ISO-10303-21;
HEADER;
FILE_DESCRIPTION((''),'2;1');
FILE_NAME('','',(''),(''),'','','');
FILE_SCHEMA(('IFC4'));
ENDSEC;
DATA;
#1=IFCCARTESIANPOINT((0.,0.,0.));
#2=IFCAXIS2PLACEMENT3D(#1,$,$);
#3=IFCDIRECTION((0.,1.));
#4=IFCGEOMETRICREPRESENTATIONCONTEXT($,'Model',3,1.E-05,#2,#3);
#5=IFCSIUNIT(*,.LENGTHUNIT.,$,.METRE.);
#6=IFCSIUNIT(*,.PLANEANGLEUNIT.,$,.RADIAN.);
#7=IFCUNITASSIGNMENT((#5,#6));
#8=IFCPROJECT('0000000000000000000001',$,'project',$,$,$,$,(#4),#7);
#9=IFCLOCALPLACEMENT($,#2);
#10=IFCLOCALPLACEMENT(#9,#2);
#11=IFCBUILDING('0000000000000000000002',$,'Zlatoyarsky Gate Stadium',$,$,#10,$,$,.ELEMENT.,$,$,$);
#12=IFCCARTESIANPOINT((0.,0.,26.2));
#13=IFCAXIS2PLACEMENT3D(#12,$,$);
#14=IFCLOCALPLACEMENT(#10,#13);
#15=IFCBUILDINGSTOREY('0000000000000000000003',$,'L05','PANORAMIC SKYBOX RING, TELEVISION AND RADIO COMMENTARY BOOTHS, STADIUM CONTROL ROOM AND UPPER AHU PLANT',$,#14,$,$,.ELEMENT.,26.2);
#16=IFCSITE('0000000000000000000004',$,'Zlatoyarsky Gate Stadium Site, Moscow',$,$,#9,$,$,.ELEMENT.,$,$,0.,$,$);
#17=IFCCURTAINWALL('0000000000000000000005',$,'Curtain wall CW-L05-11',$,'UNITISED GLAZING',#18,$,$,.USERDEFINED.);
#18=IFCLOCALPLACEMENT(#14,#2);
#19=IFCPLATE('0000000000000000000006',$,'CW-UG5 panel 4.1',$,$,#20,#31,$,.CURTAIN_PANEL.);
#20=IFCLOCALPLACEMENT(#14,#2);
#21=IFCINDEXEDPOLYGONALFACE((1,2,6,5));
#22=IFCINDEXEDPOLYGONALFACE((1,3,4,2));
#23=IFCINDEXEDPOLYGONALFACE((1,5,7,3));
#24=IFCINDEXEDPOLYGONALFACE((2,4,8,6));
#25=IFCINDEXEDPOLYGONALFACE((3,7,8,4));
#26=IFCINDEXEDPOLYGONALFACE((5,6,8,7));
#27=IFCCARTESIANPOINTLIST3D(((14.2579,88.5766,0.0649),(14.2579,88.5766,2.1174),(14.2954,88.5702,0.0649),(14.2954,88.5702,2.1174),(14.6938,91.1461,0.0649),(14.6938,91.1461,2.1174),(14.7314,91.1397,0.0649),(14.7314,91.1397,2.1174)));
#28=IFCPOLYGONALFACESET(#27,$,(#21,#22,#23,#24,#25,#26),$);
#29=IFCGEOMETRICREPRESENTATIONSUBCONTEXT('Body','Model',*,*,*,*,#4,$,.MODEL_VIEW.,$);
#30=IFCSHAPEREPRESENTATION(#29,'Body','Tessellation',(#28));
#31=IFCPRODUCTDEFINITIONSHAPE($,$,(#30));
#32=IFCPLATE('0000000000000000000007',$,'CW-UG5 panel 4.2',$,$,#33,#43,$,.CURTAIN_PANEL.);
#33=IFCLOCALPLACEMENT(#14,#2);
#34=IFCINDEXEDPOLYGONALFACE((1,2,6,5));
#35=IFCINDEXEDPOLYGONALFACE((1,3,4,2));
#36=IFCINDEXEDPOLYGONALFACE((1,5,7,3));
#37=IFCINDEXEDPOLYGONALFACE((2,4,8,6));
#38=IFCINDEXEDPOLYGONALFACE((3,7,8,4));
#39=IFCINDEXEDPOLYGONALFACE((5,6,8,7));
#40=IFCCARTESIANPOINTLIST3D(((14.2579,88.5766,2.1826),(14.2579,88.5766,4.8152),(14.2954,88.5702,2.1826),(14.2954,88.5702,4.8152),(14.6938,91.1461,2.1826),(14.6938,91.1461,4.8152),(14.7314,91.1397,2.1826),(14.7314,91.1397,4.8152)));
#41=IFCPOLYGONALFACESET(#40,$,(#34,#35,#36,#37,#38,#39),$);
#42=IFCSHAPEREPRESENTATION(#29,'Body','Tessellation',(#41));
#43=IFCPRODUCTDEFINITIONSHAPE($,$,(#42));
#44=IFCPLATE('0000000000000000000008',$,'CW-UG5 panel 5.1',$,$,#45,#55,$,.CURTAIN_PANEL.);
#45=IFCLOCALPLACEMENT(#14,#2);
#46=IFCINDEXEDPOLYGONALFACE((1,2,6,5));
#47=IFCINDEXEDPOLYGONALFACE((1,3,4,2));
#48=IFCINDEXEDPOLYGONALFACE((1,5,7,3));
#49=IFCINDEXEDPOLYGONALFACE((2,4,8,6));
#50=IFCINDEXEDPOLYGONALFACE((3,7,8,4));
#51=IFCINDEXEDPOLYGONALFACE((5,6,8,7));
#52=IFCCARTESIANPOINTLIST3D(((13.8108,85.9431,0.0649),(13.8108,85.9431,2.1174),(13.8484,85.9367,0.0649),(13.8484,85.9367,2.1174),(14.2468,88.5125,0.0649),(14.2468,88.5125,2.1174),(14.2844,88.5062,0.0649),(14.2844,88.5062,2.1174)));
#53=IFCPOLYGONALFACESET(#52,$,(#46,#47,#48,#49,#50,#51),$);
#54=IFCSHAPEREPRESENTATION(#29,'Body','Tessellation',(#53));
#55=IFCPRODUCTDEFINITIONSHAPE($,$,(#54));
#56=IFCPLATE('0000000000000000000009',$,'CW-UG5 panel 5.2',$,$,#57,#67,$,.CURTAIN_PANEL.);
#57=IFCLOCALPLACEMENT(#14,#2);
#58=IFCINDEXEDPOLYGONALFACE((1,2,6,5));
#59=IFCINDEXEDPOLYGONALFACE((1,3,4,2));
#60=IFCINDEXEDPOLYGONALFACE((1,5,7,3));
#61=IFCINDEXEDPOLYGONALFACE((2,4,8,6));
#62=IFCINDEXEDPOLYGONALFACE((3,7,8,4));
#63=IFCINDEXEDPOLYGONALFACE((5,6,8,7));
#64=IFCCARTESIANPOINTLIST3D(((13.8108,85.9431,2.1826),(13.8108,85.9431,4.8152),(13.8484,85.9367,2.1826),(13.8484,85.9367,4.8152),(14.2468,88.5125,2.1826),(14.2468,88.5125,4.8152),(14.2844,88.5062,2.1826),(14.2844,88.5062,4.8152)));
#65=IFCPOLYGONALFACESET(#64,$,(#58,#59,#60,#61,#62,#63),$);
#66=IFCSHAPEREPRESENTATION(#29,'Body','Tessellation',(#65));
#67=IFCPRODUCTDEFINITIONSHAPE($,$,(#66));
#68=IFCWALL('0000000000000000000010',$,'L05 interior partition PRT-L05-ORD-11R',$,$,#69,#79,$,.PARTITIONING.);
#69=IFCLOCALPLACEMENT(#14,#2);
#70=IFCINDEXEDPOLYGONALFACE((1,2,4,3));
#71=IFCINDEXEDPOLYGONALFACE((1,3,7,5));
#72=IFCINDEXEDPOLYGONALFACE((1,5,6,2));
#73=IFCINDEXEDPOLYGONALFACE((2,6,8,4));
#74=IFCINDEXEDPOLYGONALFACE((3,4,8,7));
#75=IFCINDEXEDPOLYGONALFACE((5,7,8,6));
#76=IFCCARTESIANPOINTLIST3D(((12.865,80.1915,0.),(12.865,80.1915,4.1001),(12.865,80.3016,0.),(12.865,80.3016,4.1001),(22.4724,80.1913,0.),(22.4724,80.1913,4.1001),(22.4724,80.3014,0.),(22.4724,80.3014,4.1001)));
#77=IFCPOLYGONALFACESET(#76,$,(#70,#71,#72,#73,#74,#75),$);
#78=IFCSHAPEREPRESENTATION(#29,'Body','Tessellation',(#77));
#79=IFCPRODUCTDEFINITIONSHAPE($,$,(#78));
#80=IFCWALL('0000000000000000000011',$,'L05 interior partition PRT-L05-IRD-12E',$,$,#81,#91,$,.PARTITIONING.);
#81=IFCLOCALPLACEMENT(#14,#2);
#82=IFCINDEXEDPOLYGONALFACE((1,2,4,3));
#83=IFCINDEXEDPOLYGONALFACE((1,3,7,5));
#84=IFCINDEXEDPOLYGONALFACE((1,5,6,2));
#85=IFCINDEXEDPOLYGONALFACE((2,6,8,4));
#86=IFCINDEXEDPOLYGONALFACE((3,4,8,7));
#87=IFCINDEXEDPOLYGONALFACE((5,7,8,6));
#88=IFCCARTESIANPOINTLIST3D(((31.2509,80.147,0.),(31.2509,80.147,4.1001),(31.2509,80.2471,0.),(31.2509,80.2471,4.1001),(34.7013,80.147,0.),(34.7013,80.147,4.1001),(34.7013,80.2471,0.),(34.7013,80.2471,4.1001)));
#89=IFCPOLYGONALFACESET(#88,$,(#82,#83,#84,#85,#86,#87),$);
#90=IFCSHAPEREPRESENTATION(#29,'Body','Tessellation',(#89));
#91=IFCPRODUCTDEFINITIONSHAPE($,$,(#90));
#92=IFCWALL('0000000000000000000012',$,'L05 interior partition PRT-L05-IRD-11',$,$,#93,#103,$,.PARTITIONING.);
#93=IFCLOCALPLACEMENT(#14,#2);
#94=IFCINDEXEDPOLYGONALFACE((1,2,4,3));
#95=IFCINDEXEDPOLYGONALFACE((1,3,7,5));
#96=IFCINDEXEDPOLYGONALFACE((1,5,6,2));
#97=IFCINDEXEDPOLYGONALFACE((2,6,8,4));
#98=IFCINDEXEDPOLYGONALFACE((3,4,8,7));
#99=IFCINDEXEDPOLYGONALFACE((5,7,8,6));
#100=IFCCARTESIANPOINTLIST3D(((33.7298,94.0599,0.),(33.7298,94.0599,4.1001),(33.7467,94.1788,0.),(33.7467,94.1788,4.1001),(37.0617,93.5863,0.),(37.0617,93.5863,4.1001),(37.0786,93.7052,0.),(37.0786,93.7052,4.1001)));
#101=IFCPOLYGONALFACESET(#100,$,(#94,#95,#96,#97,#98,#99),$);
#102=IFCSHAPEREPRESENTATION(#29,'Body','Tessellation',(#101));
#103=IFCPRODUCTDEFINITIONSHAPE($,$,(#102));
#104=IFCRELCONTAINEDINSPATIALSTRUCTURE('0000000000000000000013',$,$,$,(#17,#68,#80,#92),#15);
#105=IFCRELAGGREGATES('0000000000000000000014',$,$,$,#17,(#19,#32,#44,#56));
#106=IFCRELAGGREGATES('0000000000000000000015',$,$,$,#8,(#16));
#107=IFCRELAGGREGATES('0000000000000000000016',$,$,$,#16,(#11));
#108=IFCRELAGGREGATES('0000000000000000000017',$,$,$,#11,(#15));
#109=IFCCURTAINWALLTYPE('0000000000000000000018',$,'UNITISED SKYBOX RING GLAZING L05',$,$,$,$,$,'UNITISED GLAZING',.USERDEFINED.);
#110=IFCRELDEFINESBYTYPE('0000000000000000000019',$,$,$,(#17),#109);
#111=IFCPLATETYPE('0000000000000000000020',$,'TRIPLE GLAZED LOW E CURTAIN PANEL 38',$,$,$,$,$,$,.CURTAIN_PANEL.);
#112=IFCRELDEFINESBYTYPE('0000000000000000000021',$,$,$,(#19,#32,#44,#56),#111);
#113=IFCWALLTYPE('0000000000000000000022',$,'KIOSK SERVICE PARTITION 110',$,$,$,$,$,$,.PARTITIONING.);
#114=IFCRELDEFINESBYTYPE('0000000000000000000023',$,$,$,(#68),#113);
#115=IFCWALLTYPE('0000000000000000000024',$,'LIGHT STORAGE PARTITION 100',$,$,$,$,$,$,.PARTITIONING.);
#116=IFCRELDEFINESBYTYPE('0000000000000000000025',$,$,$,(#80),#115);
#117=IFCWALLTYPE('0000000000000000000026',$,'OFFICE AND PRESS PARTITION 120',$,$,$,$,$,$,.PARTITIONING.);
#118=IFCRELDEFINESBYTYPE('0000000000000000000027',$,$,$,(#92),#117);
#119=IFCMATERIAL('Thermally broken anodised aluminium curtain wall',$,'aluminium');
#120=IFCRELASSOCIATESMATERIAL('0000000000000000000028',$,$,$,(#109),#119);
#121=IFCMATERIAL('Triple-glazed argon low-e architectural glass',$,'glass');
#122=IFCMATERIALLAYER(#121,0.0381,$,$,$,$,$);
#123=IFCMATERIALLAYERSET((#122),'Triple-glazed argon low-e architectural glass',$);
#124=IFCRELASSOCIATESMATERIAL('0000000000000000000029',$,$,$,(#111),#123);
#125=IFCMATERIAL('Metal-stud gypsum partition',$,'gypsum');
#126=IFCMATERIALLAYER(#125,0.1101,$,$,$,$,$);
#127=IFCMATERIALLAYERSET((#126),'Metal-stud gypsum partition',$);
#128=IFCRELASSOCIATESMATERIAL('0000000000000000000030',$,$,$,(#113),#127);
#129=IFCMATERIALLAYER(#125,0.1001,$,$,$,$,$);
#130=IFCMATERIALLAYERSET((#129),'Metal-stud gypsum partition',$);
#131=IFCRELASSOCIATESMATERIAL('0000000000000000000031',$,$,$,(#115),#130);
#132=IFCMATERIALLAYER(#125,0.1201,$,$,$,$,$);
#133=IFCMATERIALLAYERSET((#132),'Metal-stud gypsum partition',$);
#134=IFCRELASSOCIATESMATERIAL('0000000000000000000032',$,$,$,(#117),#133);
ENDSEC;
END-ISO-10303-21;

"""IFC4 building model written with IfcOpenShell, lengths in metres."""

from ifc_helpers import new_model, si_unit, direction, frame, frame_2d, origin, origin_2d, place, context, subcontext, project, spatial, rectangle, extrude, material, layer, layer_set, type_object, element, aggregate, save


model = new_model("IFC4")

# Units and contexts
model_context = context("Model", 3, precision=1e-05, world=origin(), true_north=direction((0.0, 1.0)))
body_context = subcontext(model_context, "Body", "Model", "MODEL_VIEW")
ifc_project = project(units=[si_unit("LENGTHUNIT", "METRE"), si_unit("PLANEANGLEUNIT", "RADIAN")], contexts=[model_context])

# Site, building, storey
site_placement = place(None, origin())
site = spatial("IfcSite", under=ifc_project, at=site_placement, Name="Zlatoyarsky Gate Stadium Site, Moscow", CompositionType="ELEMENT", RefElevation=0.0)
building_placement = place(site_placement, origin())
building = spatial("IfcBuilding", under=site, at=building_placement, Name="Zlatoyarsky Gate Stadium", CompositionType="ELEMENT")
storey_placement = place(building_placement, frame((0.0, 0.0, 26.2)))
storey = spatial("IfcBuildingStorey", under=building, at=storey_placement, Name="L05", Description="PANORAMIC SKYBOX RING, TELEVISION AND RADIO COMMENTARY BOOTHS, STADIUM CONTROL ROOM AND UPPER AHU PLANT", CompositionType="ELEMENT", Elevation=26.2)

# Curtain wall
ifc_material_1 = material(Name="Thermally broken anodised aluminium curtain wall", Category="aluminium")
curtain_wall_type = type_object("IfcCurtainWallType", Name="UNITISED SKYBOX RING GLAZING L05", ElementType="UNITISED GLAZING", PredefinedType="USERDEFINED", material=ifc_material_1)
curtain_wall_placement = place(storey_placement, origin())
curtain_wall = element("IfcCurtainWall", 1, at=curtain_wall_placement, inside=storey, type_object=curtain_wall_type, Name="Curtain wall CW-L05-11", ObjectType="UNITISED GLAZING", PredefinedType="USERDEFINED")

# Plates
ifc_material_2 = material(Name="Triple-glazed argon low-e architectural glass", Category="glass")
ifc_layer_1 = layer(ifc_material_2, 0.0381)
ifc_layer_set_1 = layer_set([ifc_layer_1], Name="Triple-glazed argon low-e architectural glass")
plate_type_1 = type_object("IfcPlateType", Name="TRIPLE GLAZED LOW E CURTAIN PANEL 38", PredefinedType="CURTAIN_PANEL", material=ifc_layer_set_1)
plate_1_placement = place(storey_placement, frame((14.4946, 89.8582, 0.0649), z_axis=(0.0, 0.0, 1.0), x_axis=(-0.167284, -0.985909, 0.0)))
plate_1 = element("IfcPlate", 2, at=plate_1_placement, type_object=plate_type_1, Name="CW-UG5 panel 4.1", PredefinedType="CURTAIN_PANEL", context=body_context, shape_type="SweptSolid", body=[
    extrude(rectangle(XDim=2.6062, YDim=0.0381, at=origin_2d()), origin(), (0.0, 0.0, 1.0), 2.0525),
])
plate_2_placement = place(storey_placement, frame((14.4946, 89.8582, 2.1826), z_axis=(0.0, 0.0, 1.0), x_axis=(-0.167284, -0.985909, 0.0)))
plate_2 = element("IfcPlate", 3, at=plate_2_placement, type_object=plate_type_1, Name="CW-UG5 panel 4.2", PredefinedType="CURTAIN_PANEL", context=body_context, shape_type="SweptSolid", body=[
    extrude(rectangle(XDim=2.6062, YDim=0.0381, at=origin_2d()), origin(), (0.0, 0.0, 1.0), 2.6326),
])
plate_3_placement = place(storey_placement, frame((14.0476, 87.2246, 0.0649), z_axis=(0.0, 0.0, 1.0), x_axis=(-0.167284, -0.985909, 0.0)))
plate_3 = element("IfcPlate", 4, at=plate_3_placement, type_object=plate_type_1, Name="CW-UG5 panel 5.1", PredefinedType="CURTAIN_PANEL", context=body_context, shape_type="SweptSolid", body=[
    extrude(rectangle(XDim=2.6062, YDim=0.0381, at=origin_2d()), origin(), (0.0, 0.0, 1.0), 2.0525),
])
plate_4_placement = place(storey_placement, frame((14.0476, 87.2246, 2.1826), z_axis=(0.0, 0.0, 1.0), x_axis=(-0.167284, -0.985909, 0.0)))
plate_4 = element("IfcPlate", 5, at=plate_4_placement, type_object=plate_type_1, Name="CW-UG5 panel 5.2", PredefinedType="CURTAIN_PANEL", context=body_context, shape_type="SweptSolid", body=[
    extrude(rectangle(XDim=2.6062, YDim=0.0381, at=origin_2d()), origin(), (0.0, 0.0, 1.0), 2.6326),
])
aggregate(curtain_wall, [plate_1, plate_2, plate_3, plate_4])

# Walls
ifc_material_3 = material(Name="Metal-stud gypsum partition", Category="gypsum")
ifc_layer_2 = layer(ifc_material_3, 0.1101)
ifc_layer_set_2 = layer_set([ifc_layer_2], Name="Metal-stud gypsum partition")
wall_type_1 = type_object("IfcWallType", Name="KIOSK SERVICE PARTITION 110", PredefinedType="PARTITIONING", material=ifc_layer_set_2)
wall_1_placement = place(storey_placement, frame((22.4724, 80.2463, 0.0), z_axis=(0.0, 0.0, 1.0), x_axis=(-1.0, 0.000025, 0.0)))
element("IfcWall", 6, at=wall_1_placement, inside=storey, type_object=wall_type_1, Name="L05 interior partition PRT-L05-ORD-11R", PredefinedType="PARTITIONING", context=body_context, shape_type="SweptSolid", body=[
    extrude(rectangle(XDim=9.6074, YDim=0.1101, at=frame_2d((4.8037, 0.0))), origin(), (0.0, 0.0, 1.0), 4.1001),
])
ifc_layer_3 = layer(ifc_material_3, 0.1001)
ifc_layer_set_3 = layer_set([ifc_layer_3], Name="Metal-stud gypsum partition")
wall_type_2 = type_object("IfcWallType", Name="LIGHT STORAGE PARTITION 100", PredefinedType="PARTITIONING", material=ifc_layer_set_3)
wall_2_placement = place(storey_placement, frame((34.7012, 80.197, 0.0), z_axis=(0.0, 0.0, 1.0), x_axis=(-1.0, 0.0, 0.0)))
element("IfcWall", 7, at=wall_2_placement, inside=storey, type_object=wall_type_2, Name="L05 interior partition PRT-L05-IRD-12E", PredefinedType="PARTITIONING", context=body_context, shape_type="SweptSolid", body=[
    extrude(rectangle(XDim=3.4504, YDim=0.1001, at=frame_2d((1.7251, 0.0))), origin(), (0.0, 0.0, 1.0), 4.1001),
])
ifc_layer_4 = layer(ifc_material_3, 0.1201)
ifc_layer_set_4 = layer_set([ifc_layer_4], Name="Metal-stud gypsum partition")
wall_type_3 = type_object("IfcWallType", Name="OFFICE AND PRESS PARTITION 120", PredefinedType="PARTITIONING", material=ifc_layer_set_4)
wall_3_placement = place(storey_placement, frame((37.0701, 93.6458, 0.0), z_axis=(0.0, 0.0, 1.0), x_axis=(-0.990048, 0.140731, 0.0)))
element("IfcWall", 8, at=wall_3_placement, inside=storey, type_object=wall_type_3, Name="L05 interior partition PRT-L05-IRD-11", PredefinedType="PARTITIONING", context=body_context, shape_type="SweptSolid", body=[
    extrude(rectangle(XDim=3.3655, YDim=0.1201, at=frame_2d((1.6826, 0.0))), origin(), (0.0, 0.0, 1.0), 4.1001),
])

save(model, "model.ifc")
